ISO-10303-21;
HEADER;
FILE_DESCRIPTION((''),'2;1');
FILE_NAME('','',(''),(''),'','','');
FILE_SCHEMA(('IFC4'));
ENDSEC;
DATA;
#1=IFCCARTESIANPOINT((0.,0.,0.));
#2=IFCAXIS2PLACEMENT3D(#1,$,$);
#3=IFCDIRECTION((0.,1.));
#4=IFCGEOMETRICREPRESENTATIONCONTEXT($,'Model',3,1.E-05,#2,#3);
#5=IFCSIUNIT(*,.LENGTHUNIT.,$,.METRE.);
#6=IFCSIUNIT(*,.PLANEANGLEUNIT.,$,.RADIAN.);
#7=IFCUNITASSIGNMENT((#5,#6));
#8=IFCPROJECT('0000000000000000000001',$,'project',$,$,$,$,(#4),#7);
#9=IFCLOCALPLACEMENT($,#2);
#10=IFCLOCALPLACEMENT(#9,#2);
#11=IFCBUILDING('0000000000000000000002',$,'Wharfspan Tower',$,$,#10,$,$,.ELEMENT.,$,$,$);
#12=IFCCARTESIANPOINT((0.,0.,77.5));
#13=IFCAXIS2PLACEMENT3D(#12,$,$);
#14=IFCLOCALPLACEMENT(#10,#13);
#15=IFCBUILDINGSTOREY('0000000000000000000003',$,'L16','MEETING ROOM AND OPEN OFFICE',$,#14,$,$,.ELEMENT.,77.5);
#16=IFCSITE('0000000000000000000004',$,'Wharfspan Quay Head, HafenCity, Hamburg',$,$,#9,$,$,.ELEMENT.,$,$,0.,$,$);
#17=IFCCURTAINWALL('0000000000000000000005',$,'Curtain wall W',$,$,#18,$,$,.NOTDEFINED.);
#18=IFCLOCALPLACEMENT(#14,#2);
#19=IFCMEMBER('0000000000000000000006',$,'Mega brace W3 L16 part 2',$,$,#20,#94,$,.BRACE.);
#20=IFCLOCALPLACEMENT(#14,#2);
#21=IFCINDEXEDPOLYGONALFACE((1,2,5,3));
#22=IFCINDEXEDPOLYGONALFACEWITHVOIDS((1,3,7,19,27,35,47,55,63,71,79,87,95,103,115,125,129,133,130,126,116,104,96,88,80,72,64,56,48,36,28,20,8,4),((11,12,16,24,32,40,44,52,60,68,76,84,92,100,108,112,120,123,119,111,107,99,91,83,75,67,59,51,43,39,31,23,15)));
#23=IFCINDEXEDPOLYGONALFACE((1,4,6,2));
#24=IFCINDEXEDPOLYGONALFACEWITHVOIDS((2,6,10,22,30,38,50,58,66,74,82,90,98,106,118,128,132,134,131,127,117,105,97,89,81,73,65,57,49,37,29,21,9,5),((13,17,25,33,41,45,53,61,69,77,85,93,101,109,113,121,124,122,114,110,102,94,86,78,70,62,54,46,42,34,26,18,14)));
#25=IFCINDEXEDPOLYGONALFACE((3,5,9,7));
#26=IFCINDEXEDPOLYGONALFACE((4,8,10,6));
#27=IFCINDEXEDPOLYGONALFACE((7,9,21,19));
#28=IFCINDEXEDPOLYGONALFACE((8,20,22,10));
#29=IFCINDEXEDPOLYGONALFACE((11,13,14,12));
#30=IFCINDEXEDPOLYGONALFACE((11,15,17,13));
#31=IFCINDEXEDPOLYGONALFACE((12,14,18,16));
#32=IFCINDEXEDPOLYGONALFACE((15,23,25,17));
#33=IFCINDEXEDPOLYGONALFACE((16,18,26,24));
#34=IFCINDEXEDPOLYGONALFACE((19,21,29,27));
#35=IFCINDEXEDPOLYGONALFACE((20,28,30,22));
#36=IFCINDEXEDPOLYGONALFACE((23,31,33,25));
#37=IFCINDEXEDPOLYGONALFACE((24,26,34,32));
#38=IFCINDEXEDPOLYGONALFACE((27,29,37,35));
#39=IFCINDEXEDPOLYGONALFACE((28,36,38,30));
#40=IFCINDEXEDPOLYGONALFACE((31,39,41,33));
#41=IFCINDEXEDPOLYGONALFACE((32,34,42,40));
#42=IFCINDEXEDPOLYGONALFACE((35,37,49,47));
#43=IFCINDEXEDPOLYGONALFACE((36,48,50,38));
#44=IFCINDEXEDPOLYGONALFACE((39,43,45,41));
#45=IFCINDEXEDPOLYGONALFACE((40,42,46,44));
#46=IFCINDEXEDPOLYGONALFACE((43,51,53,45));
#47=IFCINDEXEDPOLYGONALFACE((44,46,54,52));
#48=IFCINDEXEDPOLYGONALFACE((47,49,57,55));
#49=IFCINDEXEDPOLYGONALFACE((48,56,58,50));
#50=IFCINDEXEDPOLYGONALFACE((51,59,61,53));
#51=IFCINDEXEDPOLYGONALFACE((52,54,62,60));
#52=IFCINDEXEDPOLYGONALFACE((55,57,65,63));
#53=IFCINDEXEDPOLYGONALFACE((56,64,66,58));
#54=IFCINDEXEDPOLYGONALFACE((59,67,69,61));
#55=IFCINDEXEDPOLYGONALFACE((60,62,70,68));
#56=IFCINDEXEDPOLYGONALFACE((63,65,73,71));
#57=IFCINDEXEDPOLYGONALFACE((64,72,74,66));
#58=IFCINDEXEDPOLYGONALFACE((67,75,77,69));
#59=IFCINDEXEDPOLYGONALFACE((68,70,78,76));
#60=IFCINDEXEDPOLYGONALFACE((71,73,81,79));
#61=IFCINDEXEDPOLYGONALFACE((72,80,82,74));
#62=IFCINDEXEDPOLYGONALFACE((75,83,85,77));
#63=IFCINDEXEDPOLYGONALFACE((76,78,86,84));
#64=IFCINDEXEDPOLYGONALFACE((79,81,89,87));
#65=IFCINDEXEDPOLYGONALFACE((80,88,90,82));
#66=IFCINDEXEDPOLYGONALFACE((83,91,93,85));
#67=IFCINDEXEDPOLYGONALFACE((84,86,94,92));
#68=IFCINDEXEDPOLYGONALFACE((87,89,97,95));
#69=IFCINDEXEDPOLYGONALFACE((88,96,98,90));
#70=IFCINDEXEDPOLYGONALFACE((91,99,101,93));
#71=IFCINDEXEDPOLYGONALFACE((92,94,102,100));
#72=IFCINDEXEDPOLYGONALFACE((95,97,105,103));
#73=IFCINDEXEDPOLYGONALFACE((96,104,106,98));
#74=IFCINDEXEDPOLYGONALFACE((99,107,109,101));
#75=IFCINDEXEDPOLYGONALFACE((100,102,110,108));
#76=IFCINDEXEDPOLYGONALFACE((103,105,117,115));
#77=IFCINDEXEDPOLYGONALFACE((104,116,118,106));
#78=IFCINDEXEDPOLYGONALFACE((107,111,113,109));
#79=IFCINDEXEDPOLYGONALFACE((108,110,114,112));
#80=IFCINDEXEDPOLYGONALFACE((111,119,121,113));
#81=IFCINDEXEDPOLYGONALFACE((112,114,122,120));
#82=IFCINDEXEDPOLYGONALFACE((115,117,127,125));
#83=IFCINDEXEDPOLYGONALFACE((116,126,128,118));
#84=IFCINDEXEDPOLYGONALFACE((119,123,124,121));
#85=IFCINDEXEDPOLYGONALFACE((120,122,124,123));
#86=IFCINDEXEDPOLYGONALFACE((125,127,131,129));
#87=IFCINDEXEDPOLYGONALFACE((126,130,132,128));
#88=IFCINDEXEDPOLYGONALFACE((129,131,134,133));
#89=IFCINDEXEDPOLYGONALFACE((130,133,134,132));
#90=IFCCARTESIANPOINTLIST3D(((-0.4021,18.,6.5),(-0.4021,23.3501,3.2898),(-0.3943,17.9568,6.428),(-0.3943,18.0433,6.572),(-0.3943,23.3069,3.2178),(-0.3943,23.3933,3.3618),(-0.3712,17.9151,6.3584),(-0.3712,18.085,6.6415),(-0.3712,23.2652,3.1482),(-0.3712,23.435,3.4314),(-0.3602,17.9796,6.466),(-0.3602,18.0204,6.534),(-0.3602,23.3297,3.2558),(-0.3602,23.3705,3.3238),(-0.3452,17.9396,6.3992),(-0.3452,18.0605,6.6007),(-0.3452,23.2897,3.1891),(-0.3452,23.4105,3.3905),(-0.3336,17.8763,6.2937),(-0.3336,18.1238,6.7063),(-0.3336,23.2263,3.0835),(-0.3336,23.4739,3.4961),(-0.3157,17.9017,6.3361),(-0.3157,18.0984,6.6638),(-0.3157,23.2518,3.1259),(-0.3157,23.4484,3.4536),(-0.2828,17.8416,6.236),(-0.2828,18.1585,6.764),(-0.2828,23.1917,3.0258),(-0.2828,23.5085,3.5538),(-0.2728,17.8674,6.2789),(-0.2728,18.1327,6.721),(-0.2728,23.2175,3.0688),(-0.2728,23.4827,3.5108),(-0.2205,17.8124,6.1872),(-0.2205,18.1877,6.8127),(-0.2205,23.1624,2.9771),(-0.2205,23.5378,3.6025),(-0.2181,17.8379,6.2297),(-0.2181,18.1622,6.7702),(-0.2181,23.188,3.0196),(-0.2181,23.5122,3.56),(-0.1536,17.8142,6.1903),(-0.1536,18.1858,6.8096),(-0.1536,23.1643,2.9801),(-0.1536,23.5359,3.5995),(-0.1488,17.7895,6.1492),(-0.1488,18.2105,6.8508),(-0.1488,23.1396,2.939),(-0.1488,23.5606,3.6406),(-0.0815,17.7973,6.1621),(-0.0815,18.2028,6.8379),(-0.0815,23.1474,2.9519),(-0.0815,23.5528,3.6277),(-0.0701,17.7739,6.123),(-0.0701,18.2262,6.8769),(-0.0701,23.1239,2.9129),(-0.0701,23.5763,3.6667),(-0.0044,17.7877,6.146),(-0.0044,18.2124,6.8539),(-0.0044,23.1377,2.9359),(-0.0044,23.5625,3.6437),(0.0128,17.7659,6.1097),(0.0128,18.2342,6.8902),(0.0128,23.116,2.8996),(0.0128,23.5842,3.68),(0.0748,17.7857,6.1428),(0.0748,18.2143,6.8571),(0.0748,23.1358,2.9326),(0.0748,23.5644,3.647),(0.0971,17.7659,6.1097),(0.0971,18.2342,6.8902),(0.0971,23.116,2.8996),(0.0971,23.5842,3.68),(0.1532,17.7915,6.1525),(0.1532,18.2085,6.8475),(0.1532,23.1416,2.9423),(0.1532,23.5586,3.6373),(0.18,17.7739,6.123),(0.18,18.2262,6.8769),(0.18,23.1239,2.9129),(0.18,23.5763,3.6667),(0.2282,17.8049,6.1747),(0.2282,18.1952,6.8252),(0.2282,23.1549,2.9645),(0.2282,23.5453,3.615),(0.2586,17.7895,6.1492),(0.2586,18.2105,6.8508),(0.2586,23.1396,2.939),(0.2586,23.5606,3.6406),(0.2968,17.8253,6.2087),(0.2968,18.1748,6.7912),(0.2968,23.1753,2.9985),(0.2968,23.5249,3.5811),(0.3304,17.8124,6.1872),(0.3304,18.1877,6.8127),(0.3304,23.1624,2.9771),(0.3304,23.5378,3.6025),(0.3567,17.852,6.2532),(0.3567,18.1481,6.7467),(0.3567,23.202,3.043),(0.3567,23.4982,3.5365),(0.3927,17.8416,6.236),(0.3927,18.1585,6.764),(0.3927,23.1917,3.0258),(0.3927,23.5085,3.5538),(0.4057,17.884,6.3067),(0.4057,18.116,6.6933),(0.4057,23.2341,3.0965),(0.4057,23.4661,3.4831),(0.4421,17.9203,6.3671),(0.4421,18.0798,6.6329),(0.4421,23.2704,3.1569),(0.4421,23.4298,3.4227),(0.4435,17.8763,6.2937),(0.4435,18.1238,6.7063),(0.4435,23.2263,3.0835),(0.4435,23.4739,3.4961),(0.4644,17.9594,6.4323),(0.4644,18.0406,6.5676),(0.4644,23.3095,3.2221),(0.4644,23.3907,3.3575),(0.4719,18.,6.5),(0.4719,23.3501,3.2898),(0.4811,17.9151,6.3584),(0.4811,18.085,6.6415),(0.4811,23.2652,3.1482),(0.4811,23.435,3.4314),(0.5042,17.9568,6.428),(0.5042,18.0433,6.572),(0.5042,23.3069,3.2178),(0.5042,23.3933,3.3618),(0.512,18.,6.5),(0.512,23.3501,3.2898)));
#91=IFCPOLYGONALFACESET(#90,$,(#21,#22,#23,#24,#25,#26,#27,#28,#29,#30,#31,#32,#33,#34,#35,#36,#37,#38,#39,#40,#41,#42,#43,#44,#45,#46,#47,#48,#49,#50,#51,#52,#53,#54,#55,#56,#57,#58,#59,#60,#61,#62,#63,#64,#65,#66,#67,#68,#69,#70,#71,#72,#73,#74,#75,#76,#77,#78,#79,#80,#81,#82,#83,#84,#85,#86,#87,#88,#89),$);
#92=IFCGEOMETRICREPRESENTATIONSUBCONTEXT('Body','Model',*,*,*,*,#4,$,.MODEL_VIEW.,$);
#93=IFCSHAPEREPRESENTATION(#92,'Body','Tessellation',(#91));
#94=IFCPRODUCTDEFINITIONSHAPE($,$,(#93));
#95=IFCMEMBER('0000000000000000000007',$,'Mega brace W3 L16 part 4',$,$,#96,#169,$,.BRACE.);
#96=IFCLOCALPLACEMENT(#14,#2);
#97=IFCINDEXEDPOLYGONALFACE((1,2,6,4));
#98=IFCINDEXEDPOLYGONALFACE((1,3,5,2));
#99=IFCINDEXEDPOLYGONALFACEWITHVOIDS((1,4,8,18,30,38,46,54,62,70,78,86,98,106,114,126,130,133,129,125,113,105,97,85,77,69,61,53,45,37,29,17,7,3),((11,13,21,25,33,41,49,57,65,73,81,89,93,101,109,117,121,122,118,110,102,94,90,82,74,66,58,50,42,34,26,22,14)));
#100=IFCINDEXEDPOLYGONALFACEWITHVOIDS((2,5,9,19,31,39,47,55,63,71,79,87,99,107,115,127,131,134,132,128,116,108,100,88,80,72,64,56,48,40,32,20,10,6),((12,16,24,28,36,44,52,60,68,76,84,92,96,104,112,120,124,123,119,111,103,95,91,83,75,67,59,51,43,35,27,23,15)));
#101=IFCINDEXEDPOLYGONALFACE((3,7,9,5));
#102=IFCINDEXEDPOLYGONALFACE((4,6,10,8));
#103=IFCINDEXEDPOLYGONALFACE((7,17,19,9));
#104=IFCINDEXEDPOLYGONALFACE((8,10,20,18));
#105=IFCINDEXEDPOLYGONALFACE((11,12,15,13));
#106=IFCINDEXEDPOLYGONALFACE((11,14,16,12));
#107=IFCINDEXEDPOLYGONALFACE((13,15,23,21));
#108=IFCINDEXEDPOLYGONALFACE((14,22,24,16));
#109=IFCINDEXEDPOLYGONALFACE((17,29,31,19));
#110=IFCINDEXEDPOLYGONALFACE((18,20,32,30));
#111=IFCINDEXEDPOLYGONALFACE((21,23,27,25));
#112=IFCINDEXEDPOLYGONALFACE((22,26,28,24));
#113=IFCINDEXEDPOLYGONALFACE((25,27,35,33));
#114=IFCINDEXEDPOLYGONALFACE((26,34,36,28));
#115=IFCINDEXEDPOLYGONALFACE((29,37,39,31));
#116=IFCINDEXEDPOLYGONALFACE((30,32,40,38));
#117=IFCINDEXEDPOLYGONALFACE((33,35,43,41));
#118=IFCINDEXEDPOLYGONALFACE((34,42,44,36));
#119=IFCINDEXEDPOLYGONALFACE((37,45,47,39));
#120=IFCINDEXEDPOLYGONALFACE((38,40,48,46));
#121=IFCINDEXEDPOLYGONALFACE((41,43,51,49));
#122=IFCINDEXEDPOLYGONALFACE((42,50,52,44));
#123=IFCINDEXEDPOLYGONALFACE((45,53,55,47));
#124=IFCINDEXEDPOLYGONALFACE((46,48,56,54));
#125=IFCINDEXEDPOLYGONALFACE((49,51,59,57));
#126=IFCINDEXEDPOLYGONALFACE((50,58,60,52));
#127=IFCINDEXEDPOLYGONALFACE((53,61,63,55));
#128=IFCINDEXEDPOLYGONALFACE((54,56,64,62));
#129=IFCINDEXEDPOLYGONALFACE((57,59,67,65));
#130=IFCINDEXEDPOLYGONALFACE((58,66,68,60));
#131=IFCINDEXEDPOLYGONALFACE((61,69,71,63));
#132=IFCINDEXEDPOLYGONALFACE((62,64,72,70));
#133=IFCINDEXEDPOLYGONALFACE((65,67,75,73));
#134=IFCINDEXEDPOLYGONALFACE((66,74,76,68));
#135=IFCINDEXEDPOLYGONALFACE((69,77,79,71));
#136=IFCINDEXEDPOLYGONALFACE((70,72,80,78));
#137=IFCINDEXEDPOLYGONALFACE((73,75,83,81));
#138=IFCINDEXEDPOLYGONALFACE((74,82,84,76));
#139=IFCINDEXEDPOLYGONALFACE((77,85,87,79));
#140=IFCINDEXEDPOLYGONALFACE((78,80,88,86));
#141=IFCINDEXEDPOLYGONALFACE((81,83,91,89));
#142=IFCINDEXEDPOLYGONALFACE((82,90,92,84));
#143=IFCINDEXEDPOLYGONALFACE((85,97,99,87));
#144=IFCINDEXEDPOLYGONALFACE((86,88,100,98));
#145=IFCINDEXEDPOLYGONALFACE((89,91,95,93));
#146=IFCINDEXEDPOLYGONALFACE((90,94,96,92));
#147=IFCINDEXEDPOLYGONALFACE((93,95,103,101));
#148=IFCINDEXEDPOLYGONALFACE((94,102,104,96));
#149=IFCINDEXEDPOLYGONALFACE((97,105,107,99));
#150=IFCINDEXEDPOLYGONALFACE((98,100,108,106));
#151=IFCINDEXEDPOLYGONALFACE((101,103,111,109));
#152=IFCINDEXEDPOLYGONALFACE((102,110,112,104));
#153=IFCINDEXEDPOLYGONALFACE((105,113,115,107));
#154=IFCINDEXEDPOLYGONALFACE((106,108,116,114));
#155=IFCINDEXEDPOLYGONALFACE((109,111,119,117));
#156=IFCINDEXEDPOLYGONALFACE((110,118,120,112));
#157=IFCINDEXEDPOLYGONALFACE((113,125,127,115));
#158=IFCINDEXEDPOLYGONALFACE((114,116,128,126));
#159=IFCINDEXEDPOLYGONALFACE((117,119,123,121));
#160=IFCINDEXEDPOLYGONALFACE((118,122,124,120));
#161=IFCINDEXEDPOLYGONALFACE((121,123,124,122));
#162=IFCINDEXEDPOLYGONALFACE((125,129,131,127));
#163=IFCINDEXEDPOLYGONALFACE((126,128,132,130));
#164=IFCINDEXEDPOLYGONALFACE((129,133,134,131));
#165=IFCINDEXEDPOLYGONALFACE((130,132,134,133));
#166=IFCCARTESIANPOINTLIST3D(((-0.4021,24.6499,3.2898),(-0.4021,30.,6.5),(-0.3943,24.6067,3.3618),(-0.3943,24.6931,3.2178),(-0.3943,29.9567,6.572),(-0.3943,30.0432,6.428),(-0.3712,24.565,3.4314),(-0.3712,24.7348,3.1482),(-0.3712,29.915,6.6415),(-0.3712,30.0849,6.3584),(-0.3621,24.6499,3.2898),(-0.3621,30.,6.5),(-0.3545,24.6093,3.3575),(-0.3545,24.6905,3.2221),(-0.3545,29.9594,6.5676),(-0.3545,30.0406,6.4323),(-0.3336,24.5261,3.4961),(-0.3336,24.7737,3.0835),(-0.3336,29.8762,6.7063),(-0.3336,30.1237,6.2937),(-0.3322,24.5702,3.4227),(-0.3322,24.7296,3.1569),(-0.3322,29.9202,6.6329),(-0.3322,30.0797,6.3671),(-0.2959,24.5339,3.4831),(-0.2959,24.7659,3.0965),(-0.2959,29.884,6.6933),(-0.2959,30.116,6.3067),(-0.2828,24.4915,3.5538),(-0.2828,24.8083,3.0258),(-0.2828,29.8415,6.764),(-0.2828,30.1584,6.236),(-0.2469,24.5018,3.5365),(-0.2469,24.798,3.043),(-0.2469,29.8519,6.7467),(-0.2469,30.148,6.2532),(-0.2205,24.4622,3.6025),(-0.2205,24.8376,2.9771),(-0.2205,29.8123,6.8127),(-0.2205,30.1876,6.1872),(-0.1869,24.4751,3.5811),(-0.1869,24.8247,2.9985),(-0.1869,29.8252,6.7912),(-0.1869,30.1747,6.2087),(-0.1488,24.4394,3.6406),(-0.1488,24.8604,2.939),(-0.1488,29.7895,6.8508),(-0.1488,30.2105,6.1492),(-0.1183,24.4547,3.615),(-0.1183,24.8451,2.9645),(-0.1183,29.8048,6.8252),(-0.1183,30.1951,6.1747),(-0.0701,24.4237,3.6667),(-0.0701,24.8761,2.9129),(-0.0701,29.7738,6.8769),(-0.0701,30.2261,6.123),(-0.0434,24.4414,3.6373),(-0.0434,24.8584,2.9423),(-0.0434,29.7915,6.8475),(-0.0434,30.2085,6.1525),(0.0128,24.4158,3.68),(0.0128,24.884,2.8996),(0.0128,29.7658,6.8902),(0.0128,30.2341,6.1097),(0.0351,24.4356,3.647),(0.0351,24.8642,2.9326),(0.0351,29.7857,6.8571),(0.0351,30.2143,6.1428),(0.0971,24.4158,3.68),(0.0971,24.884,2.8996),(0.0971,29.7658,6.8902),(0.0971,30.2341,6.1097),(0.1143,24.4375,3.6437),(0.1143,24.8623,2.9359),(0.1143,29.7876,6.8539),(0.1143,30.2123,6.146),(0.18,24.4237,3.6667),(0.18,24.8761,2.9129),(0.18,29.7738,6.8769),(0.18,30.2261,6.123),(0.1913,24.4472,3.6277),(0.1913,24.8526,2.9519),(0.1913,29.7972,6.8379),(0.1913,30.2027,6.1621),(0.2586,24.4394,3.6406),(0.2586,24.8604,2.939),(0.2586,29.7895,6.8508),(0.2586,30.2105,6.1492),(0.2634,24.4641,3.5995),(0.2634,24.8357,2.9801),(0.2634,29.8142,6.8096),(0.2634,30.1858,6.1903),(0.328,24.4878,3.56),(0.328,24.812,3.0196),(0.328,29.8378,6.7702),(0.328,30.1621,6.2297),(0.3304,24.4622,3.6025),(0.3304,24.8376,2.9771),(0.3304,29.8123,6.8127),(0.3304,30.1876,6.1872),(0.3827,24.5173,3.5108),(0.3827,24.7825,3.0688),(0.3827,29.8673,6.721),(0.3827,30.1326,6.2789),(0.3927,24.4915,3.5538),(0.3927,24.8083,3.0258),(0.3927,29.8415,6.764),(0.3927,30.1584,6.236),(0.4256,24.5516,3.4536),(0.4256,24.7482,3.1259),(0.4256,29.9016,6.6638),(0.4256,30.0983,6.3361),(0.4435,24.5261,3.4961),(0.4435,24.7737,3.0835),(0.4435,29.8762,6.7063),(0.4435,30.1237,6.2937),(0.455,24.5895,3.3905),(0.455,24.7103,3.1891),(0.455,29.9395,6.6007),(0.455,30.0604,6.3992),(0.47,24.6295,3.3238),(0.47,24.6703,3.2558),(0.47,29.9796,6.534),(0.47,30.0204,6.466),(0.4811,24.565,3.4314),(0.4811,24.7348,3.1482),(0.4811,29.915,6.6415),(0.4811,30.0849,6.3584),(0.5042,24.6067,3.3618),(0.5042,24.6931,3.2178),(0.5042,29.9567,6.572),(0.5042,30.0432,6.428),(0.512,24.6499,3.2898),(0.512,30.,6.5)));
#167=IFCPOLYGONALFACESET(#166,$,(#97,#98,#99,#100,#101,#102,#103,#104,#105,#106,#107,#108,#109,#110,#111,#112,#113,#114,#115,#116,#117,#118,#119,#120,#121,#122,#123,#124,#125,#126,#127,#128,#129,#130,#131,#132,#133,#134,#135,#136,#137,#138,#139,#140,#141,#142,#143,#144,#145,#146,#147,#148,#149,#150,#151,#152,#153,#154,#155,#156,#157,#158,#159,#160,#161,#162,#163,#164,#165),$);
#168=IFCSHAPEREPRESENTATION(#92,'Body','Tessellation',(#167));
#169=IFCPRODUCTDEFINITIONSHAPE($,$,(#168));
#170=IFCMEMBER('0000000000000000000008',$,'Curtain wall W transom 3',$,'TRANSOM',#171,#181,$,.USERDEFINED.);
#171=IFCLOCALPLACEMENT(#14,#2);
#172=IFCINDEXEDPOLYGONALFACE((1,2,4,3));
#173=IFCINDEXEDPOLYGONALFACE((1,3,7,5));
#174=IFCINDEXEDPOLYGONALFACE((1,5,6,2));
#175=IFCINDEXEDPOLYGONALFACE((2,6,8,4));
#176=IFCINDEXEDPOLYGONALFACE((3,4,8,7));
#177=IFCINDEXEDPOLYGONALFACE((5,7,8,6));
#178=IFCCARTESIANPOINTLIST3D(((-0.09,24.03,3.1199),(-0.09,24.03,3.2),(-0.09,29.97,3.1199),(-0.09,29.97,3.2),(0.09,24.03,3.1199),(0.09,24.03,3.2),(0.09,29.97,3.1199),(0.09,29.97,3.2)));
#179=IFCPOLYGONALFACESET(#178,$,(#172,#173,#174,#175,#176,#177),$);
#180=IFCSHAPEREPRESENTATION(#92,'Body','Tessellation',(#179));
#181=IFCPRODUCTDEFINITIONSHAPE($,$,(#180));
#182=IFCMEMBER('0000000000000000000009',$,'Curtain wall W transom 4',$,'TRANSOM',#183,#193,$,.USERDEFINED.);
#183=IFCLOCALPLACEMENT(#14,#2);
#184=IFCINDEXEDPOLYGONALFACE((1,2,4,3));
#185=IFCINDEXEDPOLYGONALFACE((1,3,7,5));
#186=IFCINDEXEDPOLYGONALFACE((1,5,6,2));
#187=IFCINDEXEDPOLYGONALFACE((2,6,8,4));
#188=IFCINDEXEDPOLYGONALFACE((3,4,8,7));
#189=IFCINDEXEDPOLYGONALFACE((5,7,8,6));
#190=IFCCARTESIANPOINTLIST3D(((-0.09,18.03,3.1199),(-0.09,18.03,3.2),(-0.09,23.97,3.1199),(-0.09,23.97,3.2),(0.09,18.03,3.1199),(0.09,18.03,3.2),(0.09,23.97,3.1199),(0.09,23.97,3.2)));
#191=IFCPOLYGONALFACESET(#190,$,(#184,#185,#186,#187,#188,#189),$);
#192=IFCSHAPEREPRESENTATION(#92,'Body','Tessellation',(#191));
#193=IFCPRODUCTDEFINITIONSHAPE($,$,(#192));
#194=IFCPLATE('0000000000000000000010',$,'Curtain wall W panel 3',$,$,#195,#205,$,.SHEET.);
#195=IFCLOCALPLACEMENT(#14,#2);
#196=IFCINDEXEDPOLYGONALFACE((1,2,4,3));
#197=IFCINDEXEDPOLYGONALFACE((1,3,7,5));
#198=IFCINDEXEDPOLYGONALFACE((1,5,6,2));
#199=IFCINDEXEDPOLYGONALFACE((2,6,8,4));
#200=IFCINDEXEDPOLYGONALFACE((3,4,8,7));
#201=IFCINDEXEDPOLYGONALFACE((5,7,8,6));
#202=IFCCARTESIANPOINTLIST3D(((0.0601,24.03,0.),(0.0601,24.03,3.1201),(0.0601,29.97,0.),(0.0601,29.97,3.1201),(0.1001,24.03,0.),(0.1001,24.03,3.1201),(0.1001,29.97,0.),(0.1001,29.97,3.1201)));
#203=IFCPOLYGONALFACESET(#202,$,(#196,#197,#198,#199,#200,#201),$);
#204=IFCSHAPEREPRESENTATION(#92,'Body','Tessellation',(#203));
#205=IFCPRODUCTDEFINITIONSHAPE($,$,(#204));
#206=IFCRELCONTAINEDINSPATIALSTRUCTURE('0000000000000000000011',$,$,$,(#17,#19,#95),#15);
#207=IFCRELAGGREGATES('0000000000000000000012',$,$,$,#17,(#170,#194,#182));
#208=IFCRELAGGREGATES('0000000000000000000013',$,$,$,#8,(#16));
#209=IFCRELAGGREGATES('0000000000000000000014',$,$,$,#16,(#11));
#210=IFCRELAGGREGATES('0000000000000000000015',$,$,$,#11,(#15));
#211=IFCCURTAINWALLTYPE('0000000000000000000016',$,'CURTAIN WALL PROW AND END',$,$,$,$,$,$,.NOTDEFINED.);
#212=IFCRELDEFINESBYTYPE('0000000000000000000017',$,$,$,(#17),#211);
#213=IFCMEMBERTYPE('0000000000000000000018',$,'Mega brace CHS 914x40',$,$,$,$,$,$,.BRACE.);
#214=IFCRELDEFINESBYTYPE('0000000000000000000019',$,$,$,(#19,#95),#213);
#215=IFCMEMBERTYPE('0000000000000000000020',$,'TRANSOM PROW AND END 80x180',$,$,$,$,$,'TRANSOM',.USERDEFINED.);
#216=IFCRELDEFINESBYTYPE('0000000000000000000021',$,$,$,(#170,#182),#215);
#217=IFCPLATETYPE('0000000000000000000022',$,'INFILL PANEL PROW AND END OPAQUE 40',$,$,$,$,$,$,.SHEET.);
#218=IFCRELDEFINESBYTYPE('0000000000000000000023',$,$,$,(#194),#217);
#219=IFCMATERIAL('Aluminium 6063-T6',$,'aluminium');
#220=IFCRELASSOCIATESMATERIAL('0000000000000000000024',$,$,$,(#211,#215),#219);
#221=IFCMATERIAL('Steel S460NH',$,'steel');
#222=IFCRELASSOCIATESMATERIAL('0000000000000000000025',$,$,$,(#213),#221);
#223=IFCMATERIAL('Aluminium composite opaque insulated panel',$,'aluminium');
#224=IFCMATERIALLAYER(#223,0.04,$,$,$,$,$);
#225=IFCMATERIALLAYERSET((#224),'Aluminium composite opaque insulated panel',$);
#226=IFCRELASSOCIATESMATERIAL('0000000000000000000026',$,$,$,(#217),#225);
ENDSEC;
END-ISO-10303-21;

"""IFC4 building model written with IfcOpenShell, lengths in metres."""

from ifc_helpers import new_model, si_unit, direction, frame, origin, origin_2d, place, context, subcontext, project, spatial, rectangle, hollow_circle, extrude, material, layer, layer_set, material_profile, profile_set, type_object, element, aggregate, save


model = new_model("IFC4")

# Units and contexts
model_context = context("Model", 3, precision=1e-05, world=origin(), true_north=direction((0.0, 1.0)))
body_context = subcontext(model_context, "Body", "Model", "MODEL_VIEW")
ifc_project = project(units=[si_unit("LENGTHUNIT", "METRE"), si_unit("PLANEANGLEUNIT", "RADIAN")], contexts=[model_context])

# Site, building, storey
site_placement = place(None, origin())
site = spatial("IfcSite", under=ifc_project, at=site_placement, Name="Wharfspan Quay Head, HafenCity, Hamburg", CompositionType="ELEMENT", RefElevation=0.0)
building_placement = place(site_placement, origin())
building = spatial("IfcBuilding", under=site, at=building_placement, Name="Wharfspan Tower", CompositionType="ELEMENT")
storey_placement = place(building_placement, frame((0.0, 0.0, 77.5)))
storey = spatial("IfcBuildingStorey", under=building, at=storey_placement, Name="L16", Description="MEETING ROOM AND OPEN OFFICE", CompositionType="ELEMENT", Elevation=77.5)

# Curtain wall
ifc_material_1 = material(Name="Aluminium 6063-T6", Category="aluminium")
curtain_wall_type = type_object("IfcCurtainWallType", Name="CURTAIN WALL PROW AND END", PredefinedType="NOTDEFINED", material=ifc_material_1)
curtain_wall_placement = place(storey_placement, origin())
curtain_wall = element("IfcCurtainWall", 1, at=curtain_wall_placement, inside=storey, type_object=curtain_wall_type, Name="Curtain wall W", PredefinedType="NOTDEFINED")

# Members
ifc_material_2 = material(Name="Steel S460NH", Category="steel")
ifc_material_profile_1 = material_profile(ifc_material_2, hollow_circle(Radius=0.457, WallThickness=0.04, at=origin_2d()))
ifc_profile_set_1 = profile_set([ifc_material_profile_1], Name="Steel S460NH")
member_type_1 = type_object("IfcMemberType", Name="Mega brace CHS 914x40", PredefinedType="BRACE", material=ifc_profile_set_1)
for number, where, z_axis, x_axis, name in (
    (2, (0.0549, 23.3501, 3.2898), (0.0, -0.857483, 0.514513), (1.0, 0.0, 0.0), "Mega brace W3 L16 part 2"),
    (3, (0.0549, 24.6499, 3.2898), (0.0, 0.857483, 0.514513), (-1.0, 0.0, 0.0), "Mega brace W3 L16 part 4"),
):
    element("IfcMember", number, at=place(storey_placement, frame(where, z_axis=z_axis, x_axis=x_axis)), inside=storey, type_object=member_type_1, Name=name, PredefinedType="BRACE", context=body_context, shape_type="SweptSolid", body=[
        extrude(hollow_circle(Radius=0.457, WallThickness=0.04, at=origin_2d()), origin(), (0.0, 0.0, 1.0), 6.2393),
    ])

# Members
ifc_material_profile_2 = material_profile(ifc_material_1, rectangle(XDim=0.1799, YDim=0.0801, at=origin_2d()))
ifc_profile_set_2 = profile_set([ifc_material_profile_2], Name="Aluminium 6063-T6")
member_type_2 = type_object("IfcMemberType", Name="TRANSOM PROW AND END 80x180", ElementType="TRANSOM", PredefinedType="USERDEFINED", material=ifc_profile_set_2)
member_1_placement = place(storey_placement, frame((0.0, 29.97, 3.1599), z_axis=(0.0, -1.0, 0.0), x_axis=(1.0, 0.0, 0.0)))
member_1 = element("IfcMember", 4, at=member_1_placement, type_object=member_type_2, Name="Curtain wall W transom 3", ObjectType="TRANSOM", PredefinedType="USERDEFINED", context=body_context, shape_type="SweptSolid", body=[
    extrude(rectangle(XDim=0.1799, YDim=0.0801, at=origin_2d()), origin(), (0.0, 0.0, 1.0), 5.9399),
])
member_2_placement = place(storey_placement, frame((0.0, 23.97, 3.1599), z_axis=(0.0, -1.0, 0.0), x_axis=(1.0, 0.0, 0.0)))
member_2 = element("IfcMember", 5, at=member_2_placement, type_object=member_type_2, Name="Curtain wall W transom 4", ObjectType="TRANSOM", PredefinedType="USERDEFINED", context=body_context, shape_type="SweptSolid", body=[
    extrude(rectangle(XDim=0.1799, YDim=0.0801, at=origin_2d()), origin(), (0.0, 0.0, 1.0), 5.9399),
])

# Plate
ifc_material_3 = material(Name="Aluminium composite opaque insulated panel", Category="aluminium")
ifc_layer_1 = layer(ifc_material_3, 0.04)
ifc_layer_set_1 = layer_set([ifc_layer_1], Name="Aluminium composite opaque insulated panel")
plate_type = type_object("IfcPlateType", Name="INFILL PANEL PROW AND END OPAQUE 40", PredefinedType="SHEET", material=ifc_layer_set_1)
plate_1_placement = place(storey_placement, frame((0.0801, 27.0, 0.0), z_axis=(0.0, 0.0, 1.0), x_axis=(0.0, -1.0, 0.0)))
plate_1 = element("IfcPlate", 6, at=plate_1_placement, type_object=plate_type, Name="Curtain wall W panel 3", PredefinedType="SHEET", context=body_context, shape_type="SweptSolid", body=[
    extrude(rectangle(XDim=5.9399, YDim=0.04, at=origin_2d()), origin(), (0.0, 0.0, 1.0), 3.1201),
])
aggregate(curtain_wall, [member_1, plate_1, member_2])

save(model, "model.ifc")
